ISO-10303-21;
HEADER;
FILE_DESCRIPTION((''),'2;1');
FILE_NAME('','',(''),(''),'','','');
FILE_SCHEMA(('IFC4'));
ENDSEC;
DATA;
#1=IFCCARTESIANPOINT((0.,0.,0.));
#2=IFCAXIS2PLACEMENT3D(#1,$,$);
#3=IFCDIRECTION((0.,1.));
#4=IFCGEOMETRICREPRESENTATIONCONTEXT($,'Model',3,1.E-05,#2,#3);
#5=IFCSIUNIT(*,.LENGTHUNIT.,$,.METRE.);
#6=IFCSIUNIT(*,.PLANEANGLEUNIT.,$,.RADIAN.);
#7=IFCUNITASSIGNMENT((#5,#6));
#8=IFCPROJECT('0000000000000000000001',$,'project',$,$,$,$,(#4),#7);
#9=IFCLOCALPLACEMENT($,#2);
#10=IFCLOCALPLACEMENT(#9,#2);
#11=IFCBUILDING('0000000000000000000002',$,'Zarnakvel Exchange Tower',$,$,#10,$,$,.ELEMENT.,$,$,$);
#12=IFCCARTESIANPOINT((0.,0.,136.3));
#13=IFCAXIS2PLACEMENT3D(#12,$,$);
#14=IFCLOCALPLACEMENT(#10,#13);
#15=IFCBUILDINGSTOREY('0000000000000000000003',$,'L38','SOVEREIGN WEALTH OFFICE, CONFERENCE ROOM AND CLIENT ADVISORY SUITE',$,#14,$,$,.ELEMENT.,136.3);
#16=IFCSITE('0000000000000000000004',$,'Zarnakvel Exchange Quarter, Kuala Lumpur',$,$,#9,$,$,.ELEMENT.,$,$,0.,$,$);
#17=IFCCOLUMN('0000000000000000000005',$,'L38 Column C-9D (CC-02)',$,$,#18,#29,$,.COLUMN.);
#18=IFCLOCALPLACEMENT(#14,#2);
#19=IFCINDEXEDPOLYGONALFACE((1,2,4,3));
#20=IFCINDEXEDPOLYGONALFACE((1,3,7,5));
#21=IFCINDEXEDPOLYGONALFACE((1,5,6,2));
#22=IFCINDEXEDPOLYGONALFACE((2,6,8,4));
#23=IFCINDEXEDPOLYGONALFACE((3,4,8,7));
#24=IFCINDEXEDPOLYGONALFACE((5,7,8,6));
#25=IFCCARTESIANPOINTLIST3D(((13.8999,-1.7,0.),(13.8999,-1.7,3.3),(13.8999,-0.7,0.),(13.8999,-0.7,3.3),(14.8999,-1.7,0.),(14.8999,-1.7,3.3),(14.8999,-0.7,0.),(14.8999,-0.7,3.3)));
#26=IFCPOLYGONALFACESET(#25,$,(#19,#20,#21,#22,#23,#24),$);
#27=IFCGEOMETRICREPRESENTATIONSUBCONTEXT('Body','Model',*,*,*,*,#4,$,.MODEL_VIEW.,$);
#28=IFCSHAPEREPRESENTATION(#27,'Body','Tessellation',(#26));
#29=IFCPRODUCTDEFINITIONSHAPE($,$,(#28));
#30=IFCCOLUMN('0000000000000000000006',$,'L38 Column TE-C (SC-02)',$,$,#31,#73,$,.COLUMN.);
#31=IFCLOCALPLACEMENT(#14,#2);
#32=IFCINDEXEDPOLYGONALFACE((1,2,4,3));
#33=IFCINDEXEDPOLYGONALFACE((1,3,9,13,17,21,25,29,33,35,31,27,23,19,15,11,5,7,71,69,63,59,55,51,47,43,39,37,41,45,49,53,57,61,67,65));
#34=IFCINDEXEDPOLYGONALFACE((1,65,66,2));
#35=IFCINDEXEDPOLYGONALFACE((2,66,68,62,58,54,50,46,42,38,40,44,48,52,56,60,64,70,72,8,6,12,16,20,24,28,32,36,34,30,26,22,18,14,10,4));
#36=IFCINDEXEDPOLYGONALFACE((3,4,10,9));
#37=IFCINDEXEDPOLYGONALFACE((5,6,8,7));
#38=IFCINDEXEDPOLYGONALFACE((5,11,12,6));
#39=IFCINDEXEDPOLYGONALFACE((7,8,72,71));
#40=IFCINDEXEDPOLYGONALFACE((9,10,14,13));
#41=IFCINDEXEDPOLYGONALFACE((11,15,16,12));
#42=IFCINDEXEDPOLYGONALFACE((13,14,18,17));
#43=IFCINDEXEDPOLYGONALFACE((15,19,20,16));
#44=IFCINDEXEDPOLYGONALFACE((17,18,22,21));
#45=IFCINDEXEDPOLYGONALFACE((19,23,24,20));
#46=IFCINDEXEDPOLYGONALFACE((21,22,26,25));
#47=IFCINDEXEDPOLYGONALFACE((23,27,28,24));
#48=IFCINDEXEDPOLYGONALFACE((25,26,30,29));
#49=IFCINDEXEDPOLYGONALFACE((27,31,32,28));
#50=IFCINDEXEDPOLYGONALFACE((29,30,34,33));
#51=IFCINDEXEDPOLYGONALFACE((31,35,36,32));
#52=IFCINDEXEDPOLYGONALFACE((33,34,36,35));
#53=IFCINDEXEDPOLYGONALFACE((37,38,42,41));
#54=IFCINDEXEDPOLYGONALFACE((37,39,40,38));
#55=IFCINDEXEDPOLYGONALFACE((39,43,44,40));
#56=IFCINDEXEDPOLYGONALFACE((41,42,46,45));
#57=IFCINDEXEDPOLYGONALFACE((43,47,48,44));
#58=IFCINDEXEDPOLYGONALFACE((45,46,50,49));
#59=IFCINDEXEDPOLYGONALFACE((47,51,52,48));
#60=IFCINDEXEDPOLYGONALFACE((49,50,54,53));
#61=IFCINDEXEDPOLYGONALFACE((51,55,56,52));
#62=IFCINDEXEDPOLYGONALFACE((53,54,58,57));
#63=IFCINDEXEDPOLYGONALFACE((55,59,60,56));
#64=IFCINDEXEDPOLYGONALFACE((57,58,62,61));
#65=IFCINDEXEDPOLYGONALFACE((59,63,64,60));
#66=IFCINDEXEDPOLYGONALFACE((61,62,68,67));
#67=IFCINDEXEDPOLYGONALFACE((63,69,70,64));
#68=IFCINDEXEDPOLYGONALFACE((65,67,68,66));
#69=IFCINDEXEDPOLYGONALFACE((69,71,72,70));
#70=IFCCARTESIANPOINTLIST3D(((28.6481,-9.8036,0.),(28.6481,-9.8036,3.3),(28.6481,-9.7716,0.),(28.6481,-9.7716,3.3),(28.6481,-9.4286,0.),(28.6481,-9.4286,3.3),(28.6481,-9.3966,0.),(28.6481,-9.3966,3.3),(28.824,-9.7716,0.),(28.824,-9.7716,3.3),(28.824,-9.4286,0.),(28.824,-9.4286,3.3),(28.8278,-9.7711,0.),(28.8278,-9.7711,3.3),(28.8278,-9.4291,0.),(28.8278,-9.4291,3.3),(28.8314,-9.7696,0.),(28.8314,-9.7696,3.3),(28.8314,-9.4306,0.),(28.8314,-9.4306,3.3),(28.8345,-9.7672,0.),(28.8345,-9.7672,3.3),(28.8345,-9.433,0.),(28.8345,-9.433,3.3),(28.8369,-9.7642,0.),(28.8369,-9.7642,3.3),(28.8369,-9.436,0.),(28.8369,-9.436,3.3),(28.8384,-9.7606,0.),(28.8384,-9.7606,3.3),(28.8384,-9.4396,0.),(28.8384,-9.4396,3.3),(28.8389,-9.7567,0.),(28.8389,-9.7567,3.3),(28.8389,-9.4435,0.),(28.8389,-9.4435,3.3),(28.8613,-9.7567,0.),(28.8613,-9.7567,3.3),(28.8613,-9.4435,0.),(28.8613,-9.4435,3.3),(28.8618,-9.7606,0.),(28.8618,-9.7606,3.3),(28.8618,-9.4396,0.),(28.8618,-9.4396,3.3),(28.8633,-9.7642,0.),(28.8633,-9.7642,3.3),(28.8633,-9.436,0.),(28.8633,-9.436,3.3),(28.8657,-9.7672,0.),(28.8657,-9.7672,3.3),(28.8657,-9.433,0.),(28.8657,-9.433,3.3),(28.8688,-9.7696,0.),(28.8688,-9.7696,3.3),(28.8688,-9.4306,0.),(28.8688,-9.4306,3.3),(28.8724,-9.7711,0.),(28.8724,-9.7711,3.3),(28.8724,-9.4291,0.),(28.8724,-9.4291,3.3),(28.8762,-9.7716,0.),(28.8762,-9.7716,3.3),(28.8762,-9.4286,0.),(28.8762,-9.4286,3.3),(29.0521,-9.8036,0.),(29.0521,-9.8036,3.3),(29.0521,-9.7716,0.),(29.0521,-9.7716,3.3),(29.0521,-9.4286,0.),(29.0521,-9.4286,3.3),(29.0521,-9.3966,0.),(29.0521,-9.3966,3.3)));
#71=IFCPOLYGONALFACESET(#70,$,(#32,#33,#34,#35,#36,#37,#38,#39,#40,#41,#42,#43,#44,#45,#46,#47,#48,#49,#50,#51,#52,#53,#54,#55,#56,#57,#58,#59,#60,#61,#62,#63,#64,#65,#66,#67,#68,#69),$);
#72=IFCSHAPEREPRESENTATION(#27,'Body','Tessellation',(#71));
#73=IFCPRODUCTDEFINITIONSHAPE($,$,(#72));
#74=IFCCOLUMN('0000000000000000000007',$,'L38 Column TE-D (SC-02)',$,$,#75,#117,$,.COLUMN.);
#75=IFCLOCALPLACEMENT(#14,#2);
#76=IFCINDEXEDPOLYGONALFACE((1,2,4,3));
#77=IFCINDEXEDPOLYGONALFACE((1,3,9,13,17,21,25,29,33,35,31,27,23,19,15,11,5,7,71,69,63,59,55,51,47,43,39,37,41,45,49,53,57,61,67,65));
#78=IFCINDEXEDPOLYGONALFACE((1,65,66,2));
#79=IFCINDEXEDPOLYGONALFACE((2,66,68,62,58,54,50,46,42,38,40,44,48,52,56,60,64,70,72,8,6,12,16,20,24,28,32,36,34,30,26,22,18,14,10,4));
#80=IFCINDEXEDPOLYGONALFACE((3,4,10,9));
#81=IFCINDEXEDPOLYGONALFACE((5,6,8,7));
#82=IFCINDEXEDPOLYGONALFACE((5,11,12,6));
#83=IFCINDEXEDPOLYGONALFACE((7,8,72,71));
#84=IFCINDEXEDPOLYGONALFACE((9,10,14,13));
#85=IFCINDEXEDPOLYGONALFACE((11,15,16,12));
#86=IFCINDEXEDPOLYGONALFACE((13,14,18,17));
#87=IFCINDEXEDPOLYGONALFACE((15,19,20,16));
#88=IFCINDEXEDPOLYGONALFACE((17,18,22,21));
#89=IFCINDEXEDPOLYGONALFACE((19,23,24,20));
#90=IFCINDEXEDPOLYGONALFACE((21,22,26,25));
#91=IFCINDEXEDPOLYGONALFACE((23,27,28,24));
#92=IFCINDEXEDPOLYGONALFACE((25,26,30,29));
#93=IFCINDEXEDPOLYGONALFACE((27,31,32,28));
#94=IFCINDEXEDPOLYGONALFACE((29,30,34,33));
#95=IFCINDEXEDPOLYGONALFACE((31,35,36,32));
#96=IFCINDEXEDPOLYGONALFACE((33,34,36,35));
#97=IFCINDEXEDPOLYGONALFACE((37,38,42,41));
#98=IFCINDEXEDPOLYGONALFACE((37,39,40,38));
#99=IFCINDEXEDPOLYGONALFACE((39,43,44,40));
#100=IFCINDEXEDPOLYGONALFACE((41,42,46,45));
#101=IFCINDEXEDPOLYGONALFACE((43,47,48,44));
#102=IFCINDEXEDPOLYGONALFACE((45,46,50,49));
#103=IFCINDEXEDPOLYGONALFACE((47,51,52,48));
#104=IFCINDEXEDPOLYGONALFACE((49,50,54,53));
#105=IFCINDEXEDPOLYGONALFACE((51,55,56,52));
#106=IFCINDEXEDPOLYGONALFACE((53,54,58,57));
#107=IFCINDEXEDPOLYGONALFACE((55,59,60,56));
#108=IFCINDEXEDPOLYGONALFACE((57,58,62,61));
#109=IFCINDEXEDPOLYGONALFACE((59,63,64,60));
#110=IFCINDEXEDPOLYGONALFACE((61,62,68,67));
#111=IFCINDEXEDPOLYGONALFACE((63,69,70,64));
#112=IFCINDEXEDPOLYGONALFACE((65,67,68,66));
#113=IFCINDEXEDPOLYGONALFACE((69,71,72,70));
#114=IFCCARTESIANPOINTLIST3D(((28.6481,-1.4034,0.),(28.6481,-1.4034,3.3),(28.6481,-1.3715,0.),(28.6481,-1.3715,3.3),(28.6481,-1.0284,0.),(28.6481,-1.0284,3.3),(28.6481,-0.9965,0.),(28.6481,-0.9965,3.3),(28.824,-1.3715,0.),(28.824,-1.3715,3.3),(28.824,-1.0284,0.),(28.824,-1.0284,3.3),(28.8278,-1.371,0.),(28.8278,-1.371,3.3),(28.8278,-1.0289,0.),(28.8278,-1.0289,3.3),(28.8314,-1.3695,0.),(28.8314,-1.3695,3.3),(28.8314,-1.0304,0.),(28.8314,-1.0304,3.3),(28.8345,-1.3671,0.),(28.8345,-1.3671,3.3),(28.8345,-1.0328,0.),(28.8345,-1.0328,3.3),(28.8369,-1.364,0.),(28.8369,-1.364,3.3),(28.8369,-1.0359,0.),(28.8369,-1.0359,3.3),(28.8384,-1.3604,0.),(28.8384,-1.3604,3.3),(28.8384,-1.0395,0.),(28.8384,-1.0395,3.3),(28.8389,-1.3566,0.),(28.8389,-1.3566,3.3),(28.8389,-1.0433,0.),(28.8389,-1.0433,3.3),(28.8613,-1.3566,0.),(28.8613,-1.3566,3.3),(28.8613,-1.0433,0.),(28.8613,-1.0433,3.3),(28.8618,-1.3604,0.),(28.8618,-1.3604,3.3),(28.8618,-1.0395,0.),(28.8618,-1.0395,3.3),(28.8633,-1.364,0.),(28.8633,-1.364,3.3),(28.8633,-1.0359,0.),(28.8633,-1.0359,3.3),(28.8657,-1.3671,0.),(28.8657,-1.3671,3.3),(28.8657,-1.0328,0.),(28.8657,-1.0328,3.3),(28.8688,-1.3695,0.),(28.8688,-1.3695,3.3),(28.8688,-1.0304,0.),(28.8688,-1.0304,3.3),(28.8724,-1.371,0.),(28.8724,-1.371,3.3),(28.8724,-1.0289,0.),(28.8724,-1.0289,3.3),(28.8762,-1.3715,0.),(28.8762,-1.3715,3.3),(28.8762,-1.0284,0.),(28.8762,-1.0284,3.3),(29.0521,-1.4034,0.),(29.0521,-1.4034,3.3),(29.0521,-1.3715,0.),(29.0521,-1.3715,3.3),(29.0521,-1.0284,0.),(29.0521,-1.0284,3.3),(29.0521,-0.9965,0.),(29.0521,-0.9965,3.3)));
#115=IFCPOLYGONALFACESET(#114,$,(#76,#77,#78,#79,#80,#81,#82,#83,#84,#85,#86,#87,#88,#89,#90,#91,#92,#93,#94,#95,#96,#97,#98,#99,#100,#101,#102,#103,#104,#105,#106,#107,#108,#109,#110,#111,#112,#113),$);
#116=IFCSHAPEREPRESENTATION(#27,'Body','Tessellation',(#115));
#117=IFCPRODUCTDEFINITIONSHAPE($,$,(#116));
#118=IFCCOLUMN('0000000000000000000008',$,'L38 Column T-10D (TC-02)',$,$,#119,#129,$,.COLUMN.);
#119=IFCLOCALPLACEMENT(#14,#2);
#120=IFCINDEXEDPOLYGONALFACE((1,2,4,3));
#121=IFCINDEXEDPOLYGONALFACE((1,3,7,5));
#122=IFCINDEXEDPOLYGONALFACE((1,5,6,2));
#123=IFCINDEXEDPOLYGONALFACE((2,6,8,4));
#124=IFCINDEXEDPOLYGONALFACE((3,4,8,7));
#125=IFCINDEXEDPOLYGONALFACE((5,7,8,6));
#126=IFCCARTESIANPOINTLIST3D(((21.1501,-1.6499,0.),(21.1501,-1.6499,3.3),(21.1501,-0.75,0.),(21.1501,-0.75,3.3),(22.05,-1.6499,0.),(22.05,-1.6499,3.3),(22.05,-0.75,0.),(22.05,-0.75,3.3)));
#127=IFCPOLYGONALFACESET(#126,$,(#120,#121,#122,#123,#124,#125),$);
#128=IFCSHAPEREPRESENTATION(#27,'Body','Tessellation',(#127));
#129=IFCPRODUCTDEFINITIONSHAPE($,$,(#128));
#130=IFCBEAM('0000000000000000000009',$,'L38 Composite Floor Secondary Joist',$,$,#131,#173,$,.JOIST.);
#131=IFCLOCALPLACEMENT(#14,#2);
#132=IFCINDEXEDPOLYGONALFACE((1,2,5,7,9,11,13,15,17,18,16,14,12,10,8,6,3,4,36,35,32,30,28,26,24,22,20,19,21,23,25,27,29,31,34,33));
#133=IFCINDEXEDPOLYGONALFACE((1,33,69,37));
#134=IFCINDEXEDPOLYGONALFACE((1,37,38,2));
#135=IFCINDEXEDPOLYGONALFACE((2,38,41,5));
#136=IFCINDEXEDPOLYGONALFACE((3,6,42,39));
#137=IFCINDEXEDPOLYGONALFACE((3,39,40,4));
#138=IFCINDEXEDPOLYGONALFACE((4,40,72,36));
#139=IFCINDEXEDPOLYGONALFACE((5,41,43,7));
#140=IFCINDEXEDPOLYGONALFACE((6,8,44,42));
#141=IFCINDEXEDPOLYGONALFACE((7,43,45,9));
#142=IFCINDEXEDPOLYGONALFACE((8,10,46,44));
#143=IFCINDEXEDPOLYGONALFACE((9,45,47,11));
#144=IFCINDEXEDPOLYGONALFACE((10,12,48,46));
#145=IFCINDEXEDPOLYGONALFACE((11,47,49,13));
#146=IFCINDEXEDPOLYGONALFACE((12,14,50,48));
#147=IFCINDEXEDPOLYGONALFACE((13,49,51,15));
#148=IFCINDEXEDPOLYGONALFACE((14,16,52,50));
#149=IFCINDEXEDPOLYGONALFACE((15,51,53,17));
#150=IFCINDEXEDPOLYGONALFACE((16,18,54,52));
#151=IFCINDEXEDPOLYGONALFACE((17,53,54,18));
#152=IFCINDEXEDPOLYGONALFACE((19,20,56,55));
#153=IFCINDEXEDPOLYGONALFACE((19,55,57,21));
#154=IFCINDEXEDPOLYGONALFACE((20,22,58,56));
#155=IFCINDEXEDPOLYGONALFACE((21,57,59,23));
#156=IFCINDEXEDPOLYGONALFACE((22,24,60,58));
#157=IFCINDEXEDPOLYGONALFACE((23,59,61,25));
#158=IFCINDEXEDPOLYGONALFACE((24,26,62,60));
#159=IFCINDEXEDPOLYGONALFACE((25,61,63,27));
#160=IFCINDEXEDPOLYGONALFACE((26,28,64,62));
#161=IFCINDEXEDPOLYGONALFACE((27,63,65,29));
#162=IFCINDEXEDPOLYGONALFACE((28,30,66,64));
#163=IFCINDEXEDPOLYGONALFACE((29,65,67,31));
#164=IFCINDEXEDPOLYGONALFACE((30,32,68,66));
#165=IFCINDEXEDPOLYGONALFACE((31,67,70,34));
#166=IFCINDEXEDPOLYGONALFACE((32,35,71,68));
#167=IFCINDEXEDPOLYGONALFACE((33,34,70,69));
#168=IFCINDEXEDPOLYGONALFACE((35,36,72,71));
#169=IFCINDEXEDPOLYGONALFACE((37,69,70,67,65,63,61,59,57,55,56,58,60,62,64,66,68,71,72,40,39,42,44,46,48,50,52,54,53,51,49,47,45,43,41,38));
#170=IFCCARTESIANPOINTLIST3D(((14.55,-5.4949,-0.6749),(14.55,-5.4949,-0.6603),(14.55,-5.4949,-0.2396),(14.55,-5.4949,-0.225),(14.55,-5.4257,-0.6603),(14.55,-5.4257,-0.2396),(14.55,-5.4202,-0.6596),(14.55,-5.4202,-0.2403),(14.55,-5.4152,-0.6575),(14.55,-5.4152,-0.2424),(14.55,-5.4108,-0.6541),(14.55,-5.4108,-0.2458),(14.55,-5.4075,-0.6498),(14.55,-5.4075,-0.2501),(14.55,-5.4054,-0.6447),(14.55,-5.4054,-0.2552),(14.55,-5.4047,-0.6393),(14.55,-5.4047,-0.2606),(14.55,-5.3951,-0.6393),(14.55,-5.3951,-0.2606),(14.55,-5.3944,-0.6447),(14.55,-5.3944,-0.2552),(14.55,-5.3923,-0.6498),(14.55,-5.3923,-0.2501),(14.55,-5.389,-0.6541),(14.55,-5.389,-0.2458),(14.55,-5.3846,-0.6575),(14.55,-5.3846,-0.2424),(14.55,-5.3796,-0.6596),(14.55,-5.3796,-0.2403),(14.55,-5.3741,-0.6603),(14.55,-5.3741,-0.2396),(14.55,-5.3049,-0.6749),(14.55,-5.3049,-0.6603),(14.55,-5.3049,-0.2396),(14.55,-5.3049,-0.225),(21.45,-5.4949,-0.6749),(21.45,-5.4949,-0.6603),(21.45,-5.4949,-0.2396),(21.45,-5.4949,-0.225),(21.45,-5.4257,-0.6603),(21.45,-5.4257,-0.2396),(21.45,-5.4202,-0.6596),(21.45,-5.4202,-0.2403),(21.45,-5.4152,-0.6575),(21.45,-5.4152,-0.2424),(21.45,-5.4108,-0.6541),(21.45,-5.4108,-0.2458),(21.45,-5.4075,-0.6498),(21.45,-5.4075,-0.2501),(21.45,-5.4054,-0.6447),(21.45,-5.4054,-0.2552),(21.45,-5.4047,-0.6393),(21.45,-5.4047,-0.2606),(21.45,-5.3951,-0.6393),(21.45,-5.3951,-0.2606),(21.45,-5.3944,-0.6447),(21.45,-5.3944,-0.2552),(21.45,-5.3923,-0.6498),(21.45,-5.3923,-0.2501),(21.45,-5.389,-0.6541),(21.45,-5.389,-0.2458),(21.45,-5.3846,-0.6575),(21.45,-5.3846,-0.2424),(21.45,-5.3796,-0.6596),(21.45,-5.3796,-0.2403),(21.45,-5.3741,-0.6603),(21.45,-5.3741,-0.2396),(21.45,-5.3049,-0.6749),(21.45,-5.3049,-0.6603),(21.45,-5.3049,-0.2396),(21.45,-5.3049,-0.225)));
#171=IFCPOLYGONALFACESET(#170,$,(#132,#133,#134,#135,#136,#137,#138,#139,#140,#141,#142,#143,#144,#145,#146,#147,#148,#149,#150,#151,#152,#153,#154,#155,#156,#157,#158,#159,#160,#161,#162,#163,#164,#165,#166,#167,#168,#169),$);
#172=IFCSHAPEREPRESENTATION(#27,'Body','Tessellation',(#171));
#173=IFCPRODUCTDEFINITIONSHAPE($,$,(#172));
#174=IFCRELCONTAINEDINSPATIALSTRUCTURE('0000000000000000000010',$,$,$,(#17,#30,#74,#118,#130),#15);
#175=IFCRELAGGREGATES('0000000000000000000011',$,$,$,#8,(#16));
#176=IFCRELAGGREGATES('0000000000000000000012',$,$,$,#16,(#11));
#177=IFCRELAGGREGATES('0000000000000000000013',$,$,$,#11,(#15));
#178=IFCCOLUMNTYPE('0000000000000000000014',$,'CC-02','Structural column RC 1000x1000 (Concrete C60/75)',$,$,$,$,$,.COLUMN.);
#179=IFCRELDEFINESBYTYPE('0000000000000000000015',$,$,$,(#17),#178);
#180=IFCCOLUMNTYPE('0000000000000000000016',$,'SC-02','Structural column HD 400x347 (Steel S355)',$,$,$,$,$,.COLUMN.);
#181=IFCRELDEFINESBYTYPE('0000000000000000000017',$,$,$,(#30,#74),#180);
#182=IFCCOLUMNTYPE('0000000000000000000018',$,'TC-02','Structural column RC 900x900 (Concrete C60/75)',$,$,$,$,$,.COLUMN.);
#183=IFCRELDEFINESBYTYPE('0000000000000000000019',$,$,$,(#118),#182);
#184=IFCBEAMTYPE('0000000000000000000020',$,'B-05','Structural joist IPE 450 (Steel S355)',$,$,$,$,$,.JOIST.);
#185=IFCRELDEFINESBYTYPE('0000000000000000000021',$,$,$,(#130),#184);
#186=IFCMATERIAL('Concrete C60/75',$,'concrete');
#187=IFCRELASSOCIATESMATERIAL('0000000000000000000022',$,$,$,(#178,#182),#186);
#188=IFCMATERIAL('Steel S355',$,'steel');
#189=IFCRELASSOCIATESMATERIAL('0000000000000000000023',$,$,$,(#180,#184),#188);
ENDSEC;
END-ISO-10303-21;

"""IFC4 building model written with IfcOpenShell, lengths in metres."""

from ifc_helpers import new_model, si_unit, direction, frame, origin, origin_2d, place, context, subcontext, project, spatial, rectangle, i_section, extrude, material, material_profile, profile_set, type_object, element, save


model = new_model("IFC4")

# Units and contexts
model_context = context("Model", 3, precision=1e-05, world=origin(), true_north=direction((0.0, 1.0)))
body_context = subcontext(model_context, "Body", "Model", "MODEL_VIEW")
ifc_project = project(units=[si_unit("LENGTHUNIT", "METRE"), si_unit("PLANEANGLEUNIT", "RADIAN")], contexts=[model_context])

# Site, building, storey
site_placement = place(None, origin())
site = spatial("IfcSite", under=ifc_project, at=site_placement, Name="Zarnakvel Exchange Quarter, Kuala Lumpur", CompositionType="ELEMENT", RefElevation=0.0)
building_placement = place(site_placement, origin())
building = spatial("IfcBuilding", under=site, at=building_placement, Name="Zarnakvel Exchange Tower", CompositionType="ELEMENT")
storey_placement = place(building_placement, frame((0.0, 0.0, 136.3)))
storey = spatial("IfcBuildingStorey", under=building, at=storey_placement, Name="L38", Description="SOVEREIGN WEALTH OFFICE, CONFERENCE ROOM AND CLIENT ADVISORY SUITE", CompositionType="ELEMENT", Elevation=136.3)

# Columns
ifc_material_1 = material(Name="Concrete C60/75", Category="concrete")
ifc_material_profile_1 = material_profile(ifc_material_1, rectangle(XDim=1.0, YDim=1.0, at=origin_2d()))
ifc_profile_set_1 = profile_set([ifc_material_profile_1], Name="Concrete C60/75")
column_type_1 = type_object("IfcColumnType", Name="CC-02", Description="Structural column RC 1000x1000 (Concrete C60/75)", PredefinedType="COLUMN", material=ifc_profile_set_1)
column_1_placement = place(storey_placement, frame((14.3999, -1.2, 0.0), z_axis=(0.0, 0.0, 1.0), x_axis=(1.0, 0.0, 0.0)))
element("IfcColumn", 1, at=column_1_placement, inside=storey, type_object=column_type_1, Name="L38 Column C-9D (CC-02)", PredefinedType="COLUMN", context=body_context, shape_type="SweptSolid", body=[
    extrude(rectangle(XDim=1.0, YDim=1.0, at=origin_2d()), origin(), (0.0, 0.0, 1.0), 3.3),
])
ifc_material_2 = material(Name="Steel S355", Category="steel")
ifc_material_profile_2 = material_profile(ifc_material_2, i_section(OverallWidth=0.4041, OverallDepth=0.407, WebThickness=0.0225, FlangeThickness=0.032, FilletRadius=0.0149, at=origin_2d()))
ifc_profile_set_2 = profile_set([ifc_material_profile_2], Name="Steel S355")
column_type_2 = type_object("IfcColumnType", Name="SC-02", Description="Structural column HD 400x347 (Steel S355)", PredefinedType="COLUMN", material=ifc_profile_set_2)
for number, where, z_axis, x_axis, name in (
    (2, (28.8501, -9.6001, 0.0), (0.0, 0.0, 1.0), (1.0, 0.0, 0.0), "L38 Column TE-C (SC-02)"),
    (3, (28.8501, -1.2, 0.0), (0.0, 0.0, 1.0), (1.0, 0.0, 0.0), "L38 Column TE-D (SC-02)"),
):
    element("IfcColumn", number, at=place(storey_placement, frame(where, z_axis=z_axis, x_axis=x_axis)), inside=storey, type_object=column_type_2, Name=name, PredefinedType="COLUMN", context=body_context, shape_type="SweptSolid", body=[
        extrude(i_section(OverallWidth=0.4041, OverallDepth=0.407, WebThickness=0.0225, FlangeThickness=0.032, FilletRadius=0.0149, at=origin_2d()), origin(), (0.0, 0.0, 1.0), 3.3),
    ])
ifc_material_profile_3 = material_profile(ifc_material_1, rectangle(XDim=0.8999, YDim=0.8999, at=origin_2d()))
ifc_profile_set_3 = profile_set([ifc_material_profile_3], Name="Concrete C60/75")
column_type_3 = type_object("IfcColumnType", Name="TC-02", Description="Structural column RC 900x900 (Concrete C60/75)", PredefinedType="COLUMN", material=ifc_profile_set_3)
column_2_placement = place(storey_placement, frame((21.6001, -1.2, 0.0), z_axis=(0.0, 0.0, 1.0), x_axis=(1.0, 0.0, 0.0)))
element("IfcColumn", 4, at=column_2_placement, inside=storey, type_object=column_type_3, Name="L38 Column T-10D (TC-02)", PredefinedType="COLUMN", context=body_context, shape_type="SweptSolid", body=[
    extrude(rectangle(XDim=0.8999, YDim=0.8999, at=origin_2d()), origin(), (0.0, 0.0, 1.0), 3.3),
])

# Beam
ifc_material_profile_4 = material_profile(ifc_material_2, i_section(OverallWidth=0.1899, OverallDepth=0.45, WebThickness=0.0095, FlangeThickness=0.0146, FilletRadius=0.021, at=origin_2d()))
ifc_profile_set_4 = profile_set([ifc_material_profile_4], Name="Steel S355")
beam_type_1 = type_object("IfcBeamType", Name="B-05", Description="Structural joist IPE 450 (Steel S355)", PredefinedType="JOIST", material=ifc_profile_set_4)
beam_1_placement = place(storey_placement, frame((14.55, -5.3999, -0.45), z_axis=(1.0, 0.0, 0.0), x_axis=(0.0, 1.0, 0.0)))
element("IfcBeam", 5, at=beam_1_placement, inside=storey, type_object=beam_type_1, Name="L38 Composite Floor Secondary Joist", PredefinedType="JOIST", context=body_context, shape_type="SweptSolid", body=[
    extrude(i_section(OverallWidth=0.1899, OverallDepth=0.45, WebThickness=0.0095, FlangeThickness=0.0146, FilletRadius=0.021, at=origin_2d()), origin(), (0.0, 0.0, 1.0), 6.8999),
])

save(model, "model.ifc")
